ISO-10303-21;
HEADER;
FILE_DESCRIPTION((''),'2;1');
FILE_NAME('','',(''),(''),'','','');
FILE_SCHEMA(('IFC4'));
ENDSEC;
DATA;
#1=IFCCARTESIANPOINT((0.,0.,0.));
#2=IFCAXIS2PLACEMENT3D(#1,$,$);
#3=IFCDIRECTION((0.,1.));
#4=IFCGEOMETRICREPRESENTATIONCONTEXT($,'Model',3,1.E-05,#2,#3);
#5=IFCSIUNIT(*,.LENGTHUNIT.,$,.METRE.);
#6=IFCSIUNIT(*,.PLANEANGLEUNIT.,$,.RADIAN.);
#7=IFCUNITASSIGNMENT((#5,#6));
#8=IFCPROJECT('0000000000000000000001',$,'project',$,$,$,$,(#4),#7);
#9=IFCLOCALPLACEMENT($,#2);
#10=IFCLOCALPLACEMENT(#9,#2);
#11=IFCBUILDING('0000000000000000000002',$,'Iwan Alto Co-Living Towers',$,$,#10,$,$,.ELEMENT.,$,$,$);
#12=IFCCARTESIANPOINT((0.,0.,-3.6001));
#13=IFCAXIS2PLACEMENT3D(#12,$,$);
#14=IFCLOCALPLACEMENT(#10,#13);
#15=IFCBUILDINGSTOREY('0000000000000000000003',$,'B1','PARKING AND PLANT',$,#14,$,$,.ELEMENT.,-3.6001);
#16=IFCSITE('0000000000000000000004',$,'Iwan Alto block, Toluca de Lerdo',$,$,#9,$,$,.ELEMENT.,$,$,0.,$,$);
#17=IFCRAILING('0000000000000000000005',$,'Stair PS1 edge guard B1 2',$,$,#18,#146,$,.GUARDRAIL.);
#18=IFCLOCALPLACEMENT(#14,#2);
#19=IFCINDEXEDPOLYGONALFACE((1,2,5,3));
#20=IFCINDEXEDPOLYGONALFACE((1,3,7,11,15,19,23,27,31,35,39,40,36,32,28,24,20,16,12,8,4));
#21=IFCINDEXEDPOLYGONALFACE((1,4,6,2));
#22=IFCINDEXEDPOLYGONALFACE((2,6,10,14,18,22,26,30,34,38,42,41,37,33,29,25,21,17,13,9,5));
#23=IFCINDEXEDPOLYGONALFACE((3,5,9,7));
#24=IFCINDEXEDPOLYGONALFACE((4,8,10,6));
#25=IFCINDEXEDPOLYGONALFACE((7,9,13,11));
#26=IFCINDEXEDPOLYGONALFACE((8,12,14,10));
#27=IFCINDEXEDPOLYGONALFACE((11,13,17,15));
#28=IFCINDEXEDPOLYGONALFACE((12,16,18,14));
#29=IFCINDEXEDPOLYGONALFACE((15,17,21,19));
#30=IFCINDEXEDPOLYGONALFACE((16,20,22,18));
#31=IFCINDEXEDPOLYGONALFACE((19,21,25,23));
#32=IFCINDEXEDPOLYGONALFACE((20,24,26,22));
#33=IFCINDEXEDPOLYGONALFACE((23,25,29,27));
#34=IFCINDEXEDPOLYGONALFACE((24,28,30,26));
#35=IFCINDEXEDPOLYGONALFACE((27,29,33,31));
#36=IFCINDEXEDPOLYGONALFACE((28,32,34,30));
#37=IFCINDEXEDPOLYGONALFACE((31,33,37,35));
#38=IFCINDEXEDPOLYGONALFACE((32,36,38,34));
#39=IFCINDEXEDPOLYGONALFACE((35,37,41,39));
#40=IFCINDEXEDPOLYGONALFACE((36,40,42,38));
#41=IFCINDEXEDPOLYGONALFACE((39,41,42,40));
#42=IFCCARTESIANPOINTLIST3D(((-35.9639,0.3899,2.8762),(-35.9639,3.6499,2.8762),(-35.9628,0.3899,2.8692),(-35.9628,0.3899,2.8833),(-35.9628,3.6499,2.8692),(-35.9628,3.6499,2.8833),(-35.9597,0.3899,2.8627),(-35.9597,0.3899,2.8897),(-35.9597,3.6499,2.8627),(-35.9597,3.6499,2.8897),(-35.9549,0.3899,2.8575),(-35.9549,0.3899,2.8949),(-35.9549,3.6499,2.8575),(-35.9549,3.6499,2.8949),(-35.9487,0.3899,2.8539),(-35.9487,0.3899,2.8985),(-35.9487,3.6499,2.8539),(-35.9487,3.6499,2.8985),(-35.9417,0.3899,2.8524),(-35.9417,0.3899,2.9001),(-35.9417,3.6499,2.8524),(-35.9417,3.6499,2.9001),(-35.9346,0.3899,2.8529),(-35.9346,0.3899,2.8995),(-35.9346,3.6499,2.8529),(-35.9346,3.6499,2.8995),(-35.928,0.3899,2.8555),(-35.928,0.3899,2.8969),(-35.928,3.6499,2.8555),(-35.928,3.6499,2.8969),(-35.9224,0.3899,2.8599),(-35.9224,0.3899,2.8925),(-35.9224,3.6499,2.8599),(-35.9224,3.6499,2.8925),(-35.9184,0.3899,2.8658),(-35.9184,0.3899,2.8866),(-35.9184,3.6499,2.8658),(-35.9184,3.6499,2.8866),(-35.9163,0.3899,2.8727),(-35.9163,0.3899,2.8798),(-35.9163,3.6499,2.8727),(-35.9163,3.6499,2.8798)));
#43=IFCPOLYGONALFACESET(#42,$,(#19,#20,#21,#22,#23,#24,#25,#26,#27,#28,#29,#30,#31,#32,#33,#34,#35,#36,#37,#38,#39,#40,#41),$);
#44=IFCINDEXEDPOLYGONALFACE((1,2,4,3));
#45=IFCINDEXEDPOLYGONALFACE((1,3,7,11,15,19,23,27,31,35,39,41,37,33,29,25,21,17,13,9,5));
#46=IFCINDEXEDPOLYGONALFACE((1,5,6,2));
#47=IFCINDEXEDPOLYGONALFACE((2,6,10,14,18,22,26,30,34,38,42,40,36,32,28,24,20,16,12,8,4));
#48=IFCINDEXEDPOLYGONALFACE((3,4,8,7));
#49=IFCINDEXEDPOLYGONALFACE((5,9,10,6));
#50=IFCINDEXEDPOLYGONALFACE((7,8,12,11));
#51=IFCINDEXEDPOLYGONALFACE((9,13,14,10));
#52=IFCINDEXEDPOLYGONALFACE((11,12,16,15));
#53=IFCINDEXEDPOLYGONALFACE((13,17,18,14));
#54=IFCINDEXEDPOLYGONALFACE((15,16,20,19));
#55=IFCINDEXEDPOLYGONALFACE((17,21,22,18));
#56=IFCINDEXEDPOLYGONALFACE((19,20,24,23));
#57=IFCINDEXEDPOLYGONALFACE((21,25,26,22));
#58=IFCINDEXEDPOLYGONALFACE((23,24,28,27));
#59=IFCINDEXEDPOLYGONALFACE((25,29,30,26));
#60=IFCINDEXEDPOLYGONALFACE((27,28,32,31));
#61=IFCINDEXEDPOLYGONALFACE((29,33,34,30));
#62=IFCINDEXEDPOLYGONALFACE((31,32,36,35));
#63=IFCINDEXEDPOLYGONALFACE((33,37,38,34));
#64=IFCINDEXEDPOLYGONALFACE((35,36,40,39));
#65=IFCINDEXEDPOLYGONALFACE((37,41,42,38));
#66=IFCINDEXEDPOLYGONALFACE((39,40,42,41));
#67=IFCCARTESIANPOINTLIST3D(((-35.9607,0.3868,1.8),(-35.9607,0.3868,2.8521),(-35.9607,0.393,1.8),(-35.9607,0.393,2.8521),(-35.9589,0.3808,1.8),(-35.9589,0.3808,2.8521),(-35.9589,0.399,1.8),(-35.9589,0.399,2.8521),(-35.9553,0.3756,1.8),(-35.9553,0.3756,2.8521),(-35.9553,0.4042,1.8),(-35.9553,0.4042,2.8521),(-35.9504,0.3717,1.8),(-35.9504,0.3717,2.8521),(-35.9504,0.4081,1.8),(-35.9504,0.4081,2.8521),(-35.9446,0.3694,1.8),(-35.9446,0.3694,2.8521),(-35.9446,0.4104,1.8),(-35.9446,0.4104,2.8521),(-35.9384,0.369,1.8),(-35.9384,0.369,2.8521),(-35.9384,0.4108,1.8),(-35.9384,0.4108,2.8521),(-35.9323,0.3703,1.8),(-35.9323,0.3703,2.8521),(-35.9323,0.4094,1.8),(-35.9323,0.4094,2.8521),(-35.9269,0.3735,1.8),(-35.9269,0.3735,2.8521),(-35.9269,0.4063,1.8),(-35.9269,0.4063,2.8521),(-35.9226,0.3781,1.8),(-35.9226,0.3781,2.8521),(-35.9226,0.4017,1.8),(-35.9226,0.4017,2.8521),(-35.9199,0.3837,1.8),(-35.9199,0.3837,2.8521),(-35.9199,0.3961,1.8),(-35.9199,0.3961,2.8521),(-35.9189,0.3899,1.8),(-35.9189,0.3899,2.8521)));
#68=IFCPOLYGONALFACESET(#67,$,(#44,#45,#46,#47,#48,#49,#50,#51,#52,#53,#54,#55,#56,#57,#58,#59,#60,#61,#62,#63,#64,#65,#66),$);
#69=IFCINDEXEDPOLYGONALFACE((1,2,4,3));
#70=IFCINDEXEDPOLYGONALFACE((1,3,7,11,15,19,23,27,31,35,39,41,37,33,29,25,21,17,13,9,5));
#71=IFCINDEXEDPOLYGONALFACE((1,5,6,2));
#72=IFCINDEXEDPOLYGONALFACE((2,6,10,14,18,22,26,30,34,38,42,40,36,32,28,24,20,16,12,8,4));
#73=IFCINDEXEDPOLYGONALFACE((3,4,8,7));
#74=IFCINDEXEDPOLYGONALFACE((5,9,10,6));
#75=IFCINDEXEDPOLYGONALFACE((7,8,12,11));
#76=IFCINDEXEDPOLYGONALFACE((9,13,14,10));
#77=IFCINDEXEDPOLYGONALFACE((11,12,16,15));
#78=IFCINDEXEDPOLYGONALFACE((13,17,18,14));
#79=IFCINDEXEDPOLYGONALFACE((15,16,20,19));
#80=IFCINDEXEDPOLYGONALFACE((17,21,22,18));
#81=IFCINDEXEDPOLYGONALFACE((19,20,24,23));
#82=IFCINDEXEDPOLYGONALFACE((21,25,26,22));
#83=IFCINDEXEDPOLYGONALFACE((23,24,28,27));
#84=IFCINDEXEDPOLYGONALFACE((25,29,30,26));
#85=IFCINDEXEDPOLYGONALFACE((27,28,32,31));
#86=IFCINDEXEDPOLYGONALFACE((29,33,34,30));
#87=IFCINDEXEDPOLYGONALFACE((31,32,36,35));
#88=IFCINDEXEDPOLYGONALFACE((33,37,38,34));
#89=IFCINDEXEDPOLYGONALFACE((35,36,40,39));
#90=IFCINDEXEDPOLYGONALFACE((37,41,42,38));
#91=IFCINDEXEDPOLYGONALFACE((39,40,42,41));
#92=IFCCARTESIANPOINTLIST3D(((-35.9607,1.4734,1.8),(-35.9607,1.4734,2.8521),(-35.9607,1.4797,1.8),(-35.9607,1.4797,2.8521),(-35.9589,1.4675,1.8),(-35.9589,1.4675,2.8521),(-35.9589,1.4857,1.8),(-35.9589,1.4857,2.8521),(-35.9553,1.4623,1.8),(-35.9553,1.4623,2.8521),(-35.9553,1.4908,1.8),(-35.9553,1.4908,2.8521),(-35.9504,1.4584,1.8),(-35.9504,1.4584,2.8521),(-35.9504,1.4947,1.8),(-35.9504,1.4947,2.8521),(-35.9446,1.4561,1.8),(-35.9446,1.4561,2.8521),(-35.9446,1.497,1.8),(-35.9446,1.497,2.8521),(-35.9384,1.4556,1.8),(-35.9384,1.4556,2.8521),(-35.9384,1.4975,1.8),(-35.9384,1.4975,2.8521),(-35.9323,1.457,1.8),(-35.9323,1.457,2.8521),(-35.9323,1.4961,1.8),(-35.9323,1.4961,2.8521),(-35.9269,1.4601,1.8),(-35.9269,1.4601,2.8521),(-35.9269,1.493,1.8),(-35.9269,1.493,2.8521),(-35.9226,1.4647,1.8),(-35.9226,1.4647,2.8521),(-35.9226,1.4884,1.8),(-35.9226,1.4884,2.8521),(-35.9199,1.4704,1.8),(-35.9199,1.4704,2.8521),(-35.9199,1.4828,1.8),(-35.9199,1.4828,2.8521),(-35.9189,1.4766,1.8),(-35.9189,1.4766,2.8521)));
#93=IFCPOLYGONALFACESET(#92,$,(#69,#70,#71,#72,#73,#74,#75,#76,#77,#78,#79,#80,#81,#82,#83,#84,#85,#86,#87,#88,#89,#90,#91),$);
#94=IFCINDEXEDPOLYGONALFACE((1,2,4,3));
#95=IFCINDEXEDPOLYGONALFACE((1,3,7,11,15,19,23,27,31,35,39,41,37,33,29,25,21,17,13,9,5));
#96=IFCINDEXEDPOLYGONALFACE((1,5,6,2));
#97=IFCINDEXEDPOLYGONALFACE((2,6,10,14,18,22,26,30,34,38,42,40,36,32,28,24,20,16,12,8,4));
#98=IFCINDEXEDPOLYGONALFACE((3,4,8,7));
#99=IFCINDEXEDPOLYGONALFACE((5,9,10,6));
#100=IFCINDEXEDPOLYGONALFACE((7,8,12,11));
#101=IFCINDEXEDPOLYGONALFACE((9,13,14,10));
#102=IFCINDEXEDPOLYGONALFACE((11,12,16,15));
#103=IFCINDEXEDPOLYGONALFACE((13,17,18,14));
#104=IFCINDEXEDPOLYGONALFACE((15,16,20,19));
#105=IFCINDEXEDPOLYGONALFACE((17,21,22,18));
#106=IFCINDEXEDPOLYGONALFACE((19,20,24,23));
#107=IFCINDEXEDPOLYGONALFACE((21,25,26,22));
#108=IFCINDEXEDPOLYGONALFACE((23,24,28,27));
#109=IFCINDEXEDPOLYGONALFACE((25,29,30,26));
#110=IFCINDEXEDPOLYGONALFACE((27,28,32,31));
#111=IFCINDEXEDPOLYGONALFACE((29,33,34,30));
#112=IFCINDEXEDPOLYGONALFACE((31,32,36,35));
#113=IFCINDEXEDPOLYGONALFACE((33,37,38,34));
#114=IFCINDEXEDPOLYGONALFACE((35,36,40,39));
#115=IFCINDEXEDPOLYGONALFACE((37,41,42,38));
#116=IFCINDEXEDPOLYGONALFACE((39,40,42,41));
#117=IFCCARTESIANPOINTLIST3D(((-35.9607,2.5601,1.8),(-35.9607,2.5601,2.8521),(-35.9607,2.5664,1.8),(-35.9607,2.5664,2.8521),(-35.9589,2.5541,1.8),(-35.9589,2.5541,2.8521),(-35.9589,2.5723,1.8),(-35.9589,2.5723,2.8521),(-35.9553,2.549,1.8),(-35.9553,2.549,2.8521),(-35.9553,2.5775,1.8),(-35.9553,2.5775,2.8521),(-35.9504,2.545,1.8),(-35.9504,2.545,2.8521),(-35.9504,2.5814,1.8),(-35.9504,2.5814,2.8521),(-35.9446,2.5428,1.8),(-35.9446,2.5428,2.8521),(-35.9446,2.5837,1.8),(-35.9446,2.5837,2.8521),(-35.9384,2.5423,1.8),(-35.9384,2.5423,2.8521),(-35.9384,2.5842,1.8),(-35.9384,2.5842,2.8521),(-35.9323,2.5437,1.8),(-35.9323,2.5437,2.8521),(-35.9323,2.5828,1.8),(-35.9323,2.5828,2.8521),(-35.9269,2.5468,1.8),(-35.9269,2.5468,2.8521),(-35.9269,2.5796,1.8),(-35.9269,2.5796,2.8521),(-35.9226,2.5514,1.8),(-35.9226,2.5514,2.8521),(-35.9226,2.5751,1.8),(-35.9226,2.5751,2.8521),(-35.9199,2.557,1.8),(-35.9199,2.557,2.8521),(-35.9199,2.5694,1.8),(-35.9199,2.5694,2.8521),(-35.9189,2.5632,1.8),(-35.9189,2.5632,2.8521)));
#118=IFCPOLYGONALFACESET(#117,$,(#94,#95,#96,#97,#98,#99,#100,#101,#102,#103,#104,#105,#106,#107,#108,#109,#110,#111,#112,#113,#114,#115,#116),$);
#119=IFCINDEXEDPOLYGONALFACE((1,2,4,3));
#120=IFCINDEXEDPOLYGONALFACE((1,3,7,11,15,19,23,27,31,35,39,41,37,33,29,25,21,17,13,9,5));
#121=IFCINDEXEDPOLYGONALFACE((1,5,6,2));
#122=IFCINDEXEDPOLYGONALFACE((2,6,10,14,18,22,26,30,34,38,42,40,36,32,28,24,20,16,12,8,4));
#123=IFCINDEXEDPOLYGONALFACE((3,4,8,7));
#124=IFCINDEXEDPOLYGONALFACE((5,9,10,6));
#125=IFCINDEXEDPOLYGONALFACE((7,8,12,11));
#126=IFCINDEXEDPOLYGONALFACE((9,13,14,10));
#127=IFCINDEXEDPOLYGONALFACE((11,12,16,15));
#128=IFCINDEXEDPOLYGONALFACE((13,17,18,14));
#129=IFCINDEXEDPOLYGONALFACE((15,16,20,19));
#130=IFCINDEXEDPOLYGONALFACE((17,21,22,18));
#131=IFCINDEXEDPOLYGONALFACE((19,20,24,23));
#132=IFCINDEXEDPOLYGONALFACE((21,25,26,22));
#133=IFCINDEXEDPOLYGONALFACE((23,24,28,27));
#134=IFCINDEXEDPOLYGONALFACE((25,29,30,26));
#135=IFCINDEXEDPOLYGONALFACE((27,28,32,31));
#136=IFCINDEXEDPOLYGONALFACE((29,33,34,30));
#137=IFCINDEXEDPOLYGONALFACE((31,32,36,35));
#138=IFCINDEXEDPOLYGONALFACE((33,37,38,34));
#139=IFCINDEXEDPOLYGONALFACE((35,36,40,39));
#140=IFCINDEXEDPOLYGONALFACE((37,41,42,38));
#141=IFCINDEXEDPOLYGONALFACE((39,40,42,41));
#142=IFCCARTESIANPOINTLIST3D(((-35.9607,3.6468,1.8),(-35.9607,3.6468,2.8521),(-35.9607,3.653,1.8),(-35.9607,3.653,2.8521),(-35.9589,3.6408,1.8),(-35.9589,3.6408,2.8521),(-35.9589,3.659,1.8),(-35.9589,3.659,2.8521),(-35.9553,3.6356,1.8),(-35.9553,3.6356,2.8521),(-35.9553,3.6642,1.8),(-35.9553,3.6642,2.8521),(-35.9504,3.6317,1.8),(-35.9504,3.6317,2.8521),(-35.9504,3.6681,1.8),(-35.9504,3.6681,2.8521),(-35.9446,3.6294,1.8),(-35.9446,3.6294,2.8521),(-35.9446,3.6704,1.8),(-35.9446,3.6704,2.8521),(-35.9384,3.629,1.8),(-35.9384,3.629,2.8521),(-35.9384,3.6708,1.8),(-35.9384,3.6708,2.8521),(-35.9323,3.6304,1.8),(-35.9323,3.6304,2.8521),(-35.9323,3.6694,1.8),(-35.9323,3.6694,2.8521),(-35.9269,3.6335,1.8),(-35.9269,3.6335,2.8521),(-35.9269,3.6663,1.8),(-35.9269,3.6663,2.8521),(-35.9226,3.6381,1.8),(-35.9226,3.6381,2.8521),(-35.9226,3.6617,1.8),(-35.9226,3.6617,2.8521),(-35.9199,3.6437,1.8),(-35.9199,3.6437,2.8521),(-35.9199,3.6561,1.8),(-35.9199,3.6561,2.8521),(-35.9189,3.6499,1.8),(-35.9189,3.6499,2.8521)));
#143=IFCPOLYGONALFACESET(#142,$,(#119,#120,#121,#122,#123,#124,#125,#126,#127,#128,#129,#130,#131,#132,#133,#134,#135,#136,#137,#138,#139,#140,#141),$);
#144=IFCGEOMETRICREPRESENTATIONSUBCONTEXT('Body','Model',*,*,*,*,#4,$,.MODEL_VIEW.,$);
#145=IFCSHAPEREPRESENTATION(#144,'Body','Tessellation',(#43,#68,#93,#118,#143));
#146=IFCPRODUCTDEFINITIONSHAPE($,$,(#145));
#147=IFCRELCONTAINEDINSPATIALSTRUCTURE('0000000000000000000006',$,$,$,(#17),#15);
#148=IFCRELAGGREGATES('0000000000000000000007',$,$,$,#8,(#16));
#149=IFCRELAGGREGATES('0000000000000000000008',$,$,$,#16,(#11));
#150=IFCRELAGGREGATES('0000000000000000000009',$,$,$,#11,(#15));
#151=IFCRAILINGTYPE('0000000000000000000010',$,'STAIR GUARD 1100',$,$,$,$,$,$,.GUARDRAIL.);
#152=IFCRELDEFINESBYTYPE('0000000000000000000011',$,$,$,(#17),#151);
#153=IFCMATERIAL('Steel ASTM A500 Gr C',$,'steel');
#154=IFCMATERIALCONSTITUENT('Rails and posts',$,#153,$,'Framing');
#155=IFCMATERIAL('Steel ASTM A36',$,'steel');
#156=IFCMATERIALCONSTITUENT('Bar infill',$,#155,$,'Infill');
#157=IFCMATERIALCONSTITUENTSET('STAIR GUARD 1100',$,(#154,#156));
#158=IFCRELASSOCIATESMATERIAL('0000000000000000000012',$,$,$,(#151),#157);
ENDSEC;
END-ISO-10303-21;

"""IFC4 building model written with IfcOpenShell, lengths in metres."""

from ifc_helpers import new_model, si_unit, direction, frame, origin, origin_2d, place, context, subcontext, project, spatial, circle, extrude, material, constituent, constituent_set, type_object, element, save


model = new_model("IFC4")

# Units and contexts
model_context = context("Model", 3, precision=1e-05, world=origin(), true_north=direction((0.0, 1.0)))
body_context = subcontext(model_context, "Body", "Model", "MODEL_VIEW")
ifc_project = project(units=[si_unit("LENGTHUNIT", "METRE"), si_unit("PLANEANGLEUNIT", "RADIAN")], contexts=[model_context])

# Site, building, storey
site_placement = place(None, origin())
site = spatial("IfcSite", under=ifc_project, at=site_placement, Name="Iwan Alto block, Toluca de Lerdo", CompositionType="ELEMENT", RefElevation=0.0)
building_placement = place(site_placement, origin())
building = spatial("IfcBuilding", under=site, at=building_placement, Name="Iwan Alto Co-Living Towers", CompositionType="ELEMENT")
storey_placement = place(building_placement, frame((0.0, 0.0, -3.6001)))
storey = spatial("IfcBuildingStorey", under=building, at=storey_placement, Name="B1", Description="PARKING AND PLANT", CompositionType="ELEMENT", Elevation=-3.6001)

# Shared definitions
ifc_material_1 = material(Name="Steel ASTM A36", Category="steel")

# Railing
ifc_material_2 = material(Name="Steel ASTM A500 Gr C", Category="steel")
ifc_constituent_1 = constituent(ifc_material_2, Name="Rails and posts", Category="Framing")
ifc_constituent_2 = constituent(ifc_material_1, Name="Bar infill", Category="Infill")
ifc_constituent_set_1 = constituent_set(constituents=[ifc_constituent_1, ifc_constituent_2], Name="STAIR GUARD 1100")
railing_type_1 = type_object("IfcRailingType", Name="STAIR GUARD 1100", PredefinedType="GUARDRAIL", material=ifc_constituent_set_1)
railing_1_placement = place(storey_placement, frame((-35.9399, 0.3899, 1.8)))
element("IfcRailing", 1, at=railing_1_placement, inside=storey, type_object=railing_type_1, Name="Stair PS1 edge guard B1 2", PredefinedType="GUARDRAIL", context=body_context, shape_type="SweptSolid", body=[
    extrude(circle(Radius=0.0239, at=origin_2d()), frame((0.0, 0.0, 1.0762), z_axis=(0.0, 1.0, 0.0), x_axis=(-1.0, 0.0, 0.0)), (0.0, 0.0, 1.0), 3.26),
    extrude(circle(Radius=0.021, at=origin_2d()), origin(), (0.0, 0.0, 1.0), 1.052),
    extrude(circle(Radius=0.021, at=origin_2d()), frame((0.0, 1.0867, 0.0)), (0.0, 0.0, 1.0), 1.052),
    extrude(circle(Radius=0.021, at=origin_2d()), frame((0.0, 2.1733, 0.0)), (0.0, 0.0, 1.0), 1.052),
    extrude(circle(Radius=0.021, at=origin_2d()), frame((0.0, 3.26, 0.0)), (0.0, 0.0, 1.0), 1.052),
])

save(model, "model.ifc")
